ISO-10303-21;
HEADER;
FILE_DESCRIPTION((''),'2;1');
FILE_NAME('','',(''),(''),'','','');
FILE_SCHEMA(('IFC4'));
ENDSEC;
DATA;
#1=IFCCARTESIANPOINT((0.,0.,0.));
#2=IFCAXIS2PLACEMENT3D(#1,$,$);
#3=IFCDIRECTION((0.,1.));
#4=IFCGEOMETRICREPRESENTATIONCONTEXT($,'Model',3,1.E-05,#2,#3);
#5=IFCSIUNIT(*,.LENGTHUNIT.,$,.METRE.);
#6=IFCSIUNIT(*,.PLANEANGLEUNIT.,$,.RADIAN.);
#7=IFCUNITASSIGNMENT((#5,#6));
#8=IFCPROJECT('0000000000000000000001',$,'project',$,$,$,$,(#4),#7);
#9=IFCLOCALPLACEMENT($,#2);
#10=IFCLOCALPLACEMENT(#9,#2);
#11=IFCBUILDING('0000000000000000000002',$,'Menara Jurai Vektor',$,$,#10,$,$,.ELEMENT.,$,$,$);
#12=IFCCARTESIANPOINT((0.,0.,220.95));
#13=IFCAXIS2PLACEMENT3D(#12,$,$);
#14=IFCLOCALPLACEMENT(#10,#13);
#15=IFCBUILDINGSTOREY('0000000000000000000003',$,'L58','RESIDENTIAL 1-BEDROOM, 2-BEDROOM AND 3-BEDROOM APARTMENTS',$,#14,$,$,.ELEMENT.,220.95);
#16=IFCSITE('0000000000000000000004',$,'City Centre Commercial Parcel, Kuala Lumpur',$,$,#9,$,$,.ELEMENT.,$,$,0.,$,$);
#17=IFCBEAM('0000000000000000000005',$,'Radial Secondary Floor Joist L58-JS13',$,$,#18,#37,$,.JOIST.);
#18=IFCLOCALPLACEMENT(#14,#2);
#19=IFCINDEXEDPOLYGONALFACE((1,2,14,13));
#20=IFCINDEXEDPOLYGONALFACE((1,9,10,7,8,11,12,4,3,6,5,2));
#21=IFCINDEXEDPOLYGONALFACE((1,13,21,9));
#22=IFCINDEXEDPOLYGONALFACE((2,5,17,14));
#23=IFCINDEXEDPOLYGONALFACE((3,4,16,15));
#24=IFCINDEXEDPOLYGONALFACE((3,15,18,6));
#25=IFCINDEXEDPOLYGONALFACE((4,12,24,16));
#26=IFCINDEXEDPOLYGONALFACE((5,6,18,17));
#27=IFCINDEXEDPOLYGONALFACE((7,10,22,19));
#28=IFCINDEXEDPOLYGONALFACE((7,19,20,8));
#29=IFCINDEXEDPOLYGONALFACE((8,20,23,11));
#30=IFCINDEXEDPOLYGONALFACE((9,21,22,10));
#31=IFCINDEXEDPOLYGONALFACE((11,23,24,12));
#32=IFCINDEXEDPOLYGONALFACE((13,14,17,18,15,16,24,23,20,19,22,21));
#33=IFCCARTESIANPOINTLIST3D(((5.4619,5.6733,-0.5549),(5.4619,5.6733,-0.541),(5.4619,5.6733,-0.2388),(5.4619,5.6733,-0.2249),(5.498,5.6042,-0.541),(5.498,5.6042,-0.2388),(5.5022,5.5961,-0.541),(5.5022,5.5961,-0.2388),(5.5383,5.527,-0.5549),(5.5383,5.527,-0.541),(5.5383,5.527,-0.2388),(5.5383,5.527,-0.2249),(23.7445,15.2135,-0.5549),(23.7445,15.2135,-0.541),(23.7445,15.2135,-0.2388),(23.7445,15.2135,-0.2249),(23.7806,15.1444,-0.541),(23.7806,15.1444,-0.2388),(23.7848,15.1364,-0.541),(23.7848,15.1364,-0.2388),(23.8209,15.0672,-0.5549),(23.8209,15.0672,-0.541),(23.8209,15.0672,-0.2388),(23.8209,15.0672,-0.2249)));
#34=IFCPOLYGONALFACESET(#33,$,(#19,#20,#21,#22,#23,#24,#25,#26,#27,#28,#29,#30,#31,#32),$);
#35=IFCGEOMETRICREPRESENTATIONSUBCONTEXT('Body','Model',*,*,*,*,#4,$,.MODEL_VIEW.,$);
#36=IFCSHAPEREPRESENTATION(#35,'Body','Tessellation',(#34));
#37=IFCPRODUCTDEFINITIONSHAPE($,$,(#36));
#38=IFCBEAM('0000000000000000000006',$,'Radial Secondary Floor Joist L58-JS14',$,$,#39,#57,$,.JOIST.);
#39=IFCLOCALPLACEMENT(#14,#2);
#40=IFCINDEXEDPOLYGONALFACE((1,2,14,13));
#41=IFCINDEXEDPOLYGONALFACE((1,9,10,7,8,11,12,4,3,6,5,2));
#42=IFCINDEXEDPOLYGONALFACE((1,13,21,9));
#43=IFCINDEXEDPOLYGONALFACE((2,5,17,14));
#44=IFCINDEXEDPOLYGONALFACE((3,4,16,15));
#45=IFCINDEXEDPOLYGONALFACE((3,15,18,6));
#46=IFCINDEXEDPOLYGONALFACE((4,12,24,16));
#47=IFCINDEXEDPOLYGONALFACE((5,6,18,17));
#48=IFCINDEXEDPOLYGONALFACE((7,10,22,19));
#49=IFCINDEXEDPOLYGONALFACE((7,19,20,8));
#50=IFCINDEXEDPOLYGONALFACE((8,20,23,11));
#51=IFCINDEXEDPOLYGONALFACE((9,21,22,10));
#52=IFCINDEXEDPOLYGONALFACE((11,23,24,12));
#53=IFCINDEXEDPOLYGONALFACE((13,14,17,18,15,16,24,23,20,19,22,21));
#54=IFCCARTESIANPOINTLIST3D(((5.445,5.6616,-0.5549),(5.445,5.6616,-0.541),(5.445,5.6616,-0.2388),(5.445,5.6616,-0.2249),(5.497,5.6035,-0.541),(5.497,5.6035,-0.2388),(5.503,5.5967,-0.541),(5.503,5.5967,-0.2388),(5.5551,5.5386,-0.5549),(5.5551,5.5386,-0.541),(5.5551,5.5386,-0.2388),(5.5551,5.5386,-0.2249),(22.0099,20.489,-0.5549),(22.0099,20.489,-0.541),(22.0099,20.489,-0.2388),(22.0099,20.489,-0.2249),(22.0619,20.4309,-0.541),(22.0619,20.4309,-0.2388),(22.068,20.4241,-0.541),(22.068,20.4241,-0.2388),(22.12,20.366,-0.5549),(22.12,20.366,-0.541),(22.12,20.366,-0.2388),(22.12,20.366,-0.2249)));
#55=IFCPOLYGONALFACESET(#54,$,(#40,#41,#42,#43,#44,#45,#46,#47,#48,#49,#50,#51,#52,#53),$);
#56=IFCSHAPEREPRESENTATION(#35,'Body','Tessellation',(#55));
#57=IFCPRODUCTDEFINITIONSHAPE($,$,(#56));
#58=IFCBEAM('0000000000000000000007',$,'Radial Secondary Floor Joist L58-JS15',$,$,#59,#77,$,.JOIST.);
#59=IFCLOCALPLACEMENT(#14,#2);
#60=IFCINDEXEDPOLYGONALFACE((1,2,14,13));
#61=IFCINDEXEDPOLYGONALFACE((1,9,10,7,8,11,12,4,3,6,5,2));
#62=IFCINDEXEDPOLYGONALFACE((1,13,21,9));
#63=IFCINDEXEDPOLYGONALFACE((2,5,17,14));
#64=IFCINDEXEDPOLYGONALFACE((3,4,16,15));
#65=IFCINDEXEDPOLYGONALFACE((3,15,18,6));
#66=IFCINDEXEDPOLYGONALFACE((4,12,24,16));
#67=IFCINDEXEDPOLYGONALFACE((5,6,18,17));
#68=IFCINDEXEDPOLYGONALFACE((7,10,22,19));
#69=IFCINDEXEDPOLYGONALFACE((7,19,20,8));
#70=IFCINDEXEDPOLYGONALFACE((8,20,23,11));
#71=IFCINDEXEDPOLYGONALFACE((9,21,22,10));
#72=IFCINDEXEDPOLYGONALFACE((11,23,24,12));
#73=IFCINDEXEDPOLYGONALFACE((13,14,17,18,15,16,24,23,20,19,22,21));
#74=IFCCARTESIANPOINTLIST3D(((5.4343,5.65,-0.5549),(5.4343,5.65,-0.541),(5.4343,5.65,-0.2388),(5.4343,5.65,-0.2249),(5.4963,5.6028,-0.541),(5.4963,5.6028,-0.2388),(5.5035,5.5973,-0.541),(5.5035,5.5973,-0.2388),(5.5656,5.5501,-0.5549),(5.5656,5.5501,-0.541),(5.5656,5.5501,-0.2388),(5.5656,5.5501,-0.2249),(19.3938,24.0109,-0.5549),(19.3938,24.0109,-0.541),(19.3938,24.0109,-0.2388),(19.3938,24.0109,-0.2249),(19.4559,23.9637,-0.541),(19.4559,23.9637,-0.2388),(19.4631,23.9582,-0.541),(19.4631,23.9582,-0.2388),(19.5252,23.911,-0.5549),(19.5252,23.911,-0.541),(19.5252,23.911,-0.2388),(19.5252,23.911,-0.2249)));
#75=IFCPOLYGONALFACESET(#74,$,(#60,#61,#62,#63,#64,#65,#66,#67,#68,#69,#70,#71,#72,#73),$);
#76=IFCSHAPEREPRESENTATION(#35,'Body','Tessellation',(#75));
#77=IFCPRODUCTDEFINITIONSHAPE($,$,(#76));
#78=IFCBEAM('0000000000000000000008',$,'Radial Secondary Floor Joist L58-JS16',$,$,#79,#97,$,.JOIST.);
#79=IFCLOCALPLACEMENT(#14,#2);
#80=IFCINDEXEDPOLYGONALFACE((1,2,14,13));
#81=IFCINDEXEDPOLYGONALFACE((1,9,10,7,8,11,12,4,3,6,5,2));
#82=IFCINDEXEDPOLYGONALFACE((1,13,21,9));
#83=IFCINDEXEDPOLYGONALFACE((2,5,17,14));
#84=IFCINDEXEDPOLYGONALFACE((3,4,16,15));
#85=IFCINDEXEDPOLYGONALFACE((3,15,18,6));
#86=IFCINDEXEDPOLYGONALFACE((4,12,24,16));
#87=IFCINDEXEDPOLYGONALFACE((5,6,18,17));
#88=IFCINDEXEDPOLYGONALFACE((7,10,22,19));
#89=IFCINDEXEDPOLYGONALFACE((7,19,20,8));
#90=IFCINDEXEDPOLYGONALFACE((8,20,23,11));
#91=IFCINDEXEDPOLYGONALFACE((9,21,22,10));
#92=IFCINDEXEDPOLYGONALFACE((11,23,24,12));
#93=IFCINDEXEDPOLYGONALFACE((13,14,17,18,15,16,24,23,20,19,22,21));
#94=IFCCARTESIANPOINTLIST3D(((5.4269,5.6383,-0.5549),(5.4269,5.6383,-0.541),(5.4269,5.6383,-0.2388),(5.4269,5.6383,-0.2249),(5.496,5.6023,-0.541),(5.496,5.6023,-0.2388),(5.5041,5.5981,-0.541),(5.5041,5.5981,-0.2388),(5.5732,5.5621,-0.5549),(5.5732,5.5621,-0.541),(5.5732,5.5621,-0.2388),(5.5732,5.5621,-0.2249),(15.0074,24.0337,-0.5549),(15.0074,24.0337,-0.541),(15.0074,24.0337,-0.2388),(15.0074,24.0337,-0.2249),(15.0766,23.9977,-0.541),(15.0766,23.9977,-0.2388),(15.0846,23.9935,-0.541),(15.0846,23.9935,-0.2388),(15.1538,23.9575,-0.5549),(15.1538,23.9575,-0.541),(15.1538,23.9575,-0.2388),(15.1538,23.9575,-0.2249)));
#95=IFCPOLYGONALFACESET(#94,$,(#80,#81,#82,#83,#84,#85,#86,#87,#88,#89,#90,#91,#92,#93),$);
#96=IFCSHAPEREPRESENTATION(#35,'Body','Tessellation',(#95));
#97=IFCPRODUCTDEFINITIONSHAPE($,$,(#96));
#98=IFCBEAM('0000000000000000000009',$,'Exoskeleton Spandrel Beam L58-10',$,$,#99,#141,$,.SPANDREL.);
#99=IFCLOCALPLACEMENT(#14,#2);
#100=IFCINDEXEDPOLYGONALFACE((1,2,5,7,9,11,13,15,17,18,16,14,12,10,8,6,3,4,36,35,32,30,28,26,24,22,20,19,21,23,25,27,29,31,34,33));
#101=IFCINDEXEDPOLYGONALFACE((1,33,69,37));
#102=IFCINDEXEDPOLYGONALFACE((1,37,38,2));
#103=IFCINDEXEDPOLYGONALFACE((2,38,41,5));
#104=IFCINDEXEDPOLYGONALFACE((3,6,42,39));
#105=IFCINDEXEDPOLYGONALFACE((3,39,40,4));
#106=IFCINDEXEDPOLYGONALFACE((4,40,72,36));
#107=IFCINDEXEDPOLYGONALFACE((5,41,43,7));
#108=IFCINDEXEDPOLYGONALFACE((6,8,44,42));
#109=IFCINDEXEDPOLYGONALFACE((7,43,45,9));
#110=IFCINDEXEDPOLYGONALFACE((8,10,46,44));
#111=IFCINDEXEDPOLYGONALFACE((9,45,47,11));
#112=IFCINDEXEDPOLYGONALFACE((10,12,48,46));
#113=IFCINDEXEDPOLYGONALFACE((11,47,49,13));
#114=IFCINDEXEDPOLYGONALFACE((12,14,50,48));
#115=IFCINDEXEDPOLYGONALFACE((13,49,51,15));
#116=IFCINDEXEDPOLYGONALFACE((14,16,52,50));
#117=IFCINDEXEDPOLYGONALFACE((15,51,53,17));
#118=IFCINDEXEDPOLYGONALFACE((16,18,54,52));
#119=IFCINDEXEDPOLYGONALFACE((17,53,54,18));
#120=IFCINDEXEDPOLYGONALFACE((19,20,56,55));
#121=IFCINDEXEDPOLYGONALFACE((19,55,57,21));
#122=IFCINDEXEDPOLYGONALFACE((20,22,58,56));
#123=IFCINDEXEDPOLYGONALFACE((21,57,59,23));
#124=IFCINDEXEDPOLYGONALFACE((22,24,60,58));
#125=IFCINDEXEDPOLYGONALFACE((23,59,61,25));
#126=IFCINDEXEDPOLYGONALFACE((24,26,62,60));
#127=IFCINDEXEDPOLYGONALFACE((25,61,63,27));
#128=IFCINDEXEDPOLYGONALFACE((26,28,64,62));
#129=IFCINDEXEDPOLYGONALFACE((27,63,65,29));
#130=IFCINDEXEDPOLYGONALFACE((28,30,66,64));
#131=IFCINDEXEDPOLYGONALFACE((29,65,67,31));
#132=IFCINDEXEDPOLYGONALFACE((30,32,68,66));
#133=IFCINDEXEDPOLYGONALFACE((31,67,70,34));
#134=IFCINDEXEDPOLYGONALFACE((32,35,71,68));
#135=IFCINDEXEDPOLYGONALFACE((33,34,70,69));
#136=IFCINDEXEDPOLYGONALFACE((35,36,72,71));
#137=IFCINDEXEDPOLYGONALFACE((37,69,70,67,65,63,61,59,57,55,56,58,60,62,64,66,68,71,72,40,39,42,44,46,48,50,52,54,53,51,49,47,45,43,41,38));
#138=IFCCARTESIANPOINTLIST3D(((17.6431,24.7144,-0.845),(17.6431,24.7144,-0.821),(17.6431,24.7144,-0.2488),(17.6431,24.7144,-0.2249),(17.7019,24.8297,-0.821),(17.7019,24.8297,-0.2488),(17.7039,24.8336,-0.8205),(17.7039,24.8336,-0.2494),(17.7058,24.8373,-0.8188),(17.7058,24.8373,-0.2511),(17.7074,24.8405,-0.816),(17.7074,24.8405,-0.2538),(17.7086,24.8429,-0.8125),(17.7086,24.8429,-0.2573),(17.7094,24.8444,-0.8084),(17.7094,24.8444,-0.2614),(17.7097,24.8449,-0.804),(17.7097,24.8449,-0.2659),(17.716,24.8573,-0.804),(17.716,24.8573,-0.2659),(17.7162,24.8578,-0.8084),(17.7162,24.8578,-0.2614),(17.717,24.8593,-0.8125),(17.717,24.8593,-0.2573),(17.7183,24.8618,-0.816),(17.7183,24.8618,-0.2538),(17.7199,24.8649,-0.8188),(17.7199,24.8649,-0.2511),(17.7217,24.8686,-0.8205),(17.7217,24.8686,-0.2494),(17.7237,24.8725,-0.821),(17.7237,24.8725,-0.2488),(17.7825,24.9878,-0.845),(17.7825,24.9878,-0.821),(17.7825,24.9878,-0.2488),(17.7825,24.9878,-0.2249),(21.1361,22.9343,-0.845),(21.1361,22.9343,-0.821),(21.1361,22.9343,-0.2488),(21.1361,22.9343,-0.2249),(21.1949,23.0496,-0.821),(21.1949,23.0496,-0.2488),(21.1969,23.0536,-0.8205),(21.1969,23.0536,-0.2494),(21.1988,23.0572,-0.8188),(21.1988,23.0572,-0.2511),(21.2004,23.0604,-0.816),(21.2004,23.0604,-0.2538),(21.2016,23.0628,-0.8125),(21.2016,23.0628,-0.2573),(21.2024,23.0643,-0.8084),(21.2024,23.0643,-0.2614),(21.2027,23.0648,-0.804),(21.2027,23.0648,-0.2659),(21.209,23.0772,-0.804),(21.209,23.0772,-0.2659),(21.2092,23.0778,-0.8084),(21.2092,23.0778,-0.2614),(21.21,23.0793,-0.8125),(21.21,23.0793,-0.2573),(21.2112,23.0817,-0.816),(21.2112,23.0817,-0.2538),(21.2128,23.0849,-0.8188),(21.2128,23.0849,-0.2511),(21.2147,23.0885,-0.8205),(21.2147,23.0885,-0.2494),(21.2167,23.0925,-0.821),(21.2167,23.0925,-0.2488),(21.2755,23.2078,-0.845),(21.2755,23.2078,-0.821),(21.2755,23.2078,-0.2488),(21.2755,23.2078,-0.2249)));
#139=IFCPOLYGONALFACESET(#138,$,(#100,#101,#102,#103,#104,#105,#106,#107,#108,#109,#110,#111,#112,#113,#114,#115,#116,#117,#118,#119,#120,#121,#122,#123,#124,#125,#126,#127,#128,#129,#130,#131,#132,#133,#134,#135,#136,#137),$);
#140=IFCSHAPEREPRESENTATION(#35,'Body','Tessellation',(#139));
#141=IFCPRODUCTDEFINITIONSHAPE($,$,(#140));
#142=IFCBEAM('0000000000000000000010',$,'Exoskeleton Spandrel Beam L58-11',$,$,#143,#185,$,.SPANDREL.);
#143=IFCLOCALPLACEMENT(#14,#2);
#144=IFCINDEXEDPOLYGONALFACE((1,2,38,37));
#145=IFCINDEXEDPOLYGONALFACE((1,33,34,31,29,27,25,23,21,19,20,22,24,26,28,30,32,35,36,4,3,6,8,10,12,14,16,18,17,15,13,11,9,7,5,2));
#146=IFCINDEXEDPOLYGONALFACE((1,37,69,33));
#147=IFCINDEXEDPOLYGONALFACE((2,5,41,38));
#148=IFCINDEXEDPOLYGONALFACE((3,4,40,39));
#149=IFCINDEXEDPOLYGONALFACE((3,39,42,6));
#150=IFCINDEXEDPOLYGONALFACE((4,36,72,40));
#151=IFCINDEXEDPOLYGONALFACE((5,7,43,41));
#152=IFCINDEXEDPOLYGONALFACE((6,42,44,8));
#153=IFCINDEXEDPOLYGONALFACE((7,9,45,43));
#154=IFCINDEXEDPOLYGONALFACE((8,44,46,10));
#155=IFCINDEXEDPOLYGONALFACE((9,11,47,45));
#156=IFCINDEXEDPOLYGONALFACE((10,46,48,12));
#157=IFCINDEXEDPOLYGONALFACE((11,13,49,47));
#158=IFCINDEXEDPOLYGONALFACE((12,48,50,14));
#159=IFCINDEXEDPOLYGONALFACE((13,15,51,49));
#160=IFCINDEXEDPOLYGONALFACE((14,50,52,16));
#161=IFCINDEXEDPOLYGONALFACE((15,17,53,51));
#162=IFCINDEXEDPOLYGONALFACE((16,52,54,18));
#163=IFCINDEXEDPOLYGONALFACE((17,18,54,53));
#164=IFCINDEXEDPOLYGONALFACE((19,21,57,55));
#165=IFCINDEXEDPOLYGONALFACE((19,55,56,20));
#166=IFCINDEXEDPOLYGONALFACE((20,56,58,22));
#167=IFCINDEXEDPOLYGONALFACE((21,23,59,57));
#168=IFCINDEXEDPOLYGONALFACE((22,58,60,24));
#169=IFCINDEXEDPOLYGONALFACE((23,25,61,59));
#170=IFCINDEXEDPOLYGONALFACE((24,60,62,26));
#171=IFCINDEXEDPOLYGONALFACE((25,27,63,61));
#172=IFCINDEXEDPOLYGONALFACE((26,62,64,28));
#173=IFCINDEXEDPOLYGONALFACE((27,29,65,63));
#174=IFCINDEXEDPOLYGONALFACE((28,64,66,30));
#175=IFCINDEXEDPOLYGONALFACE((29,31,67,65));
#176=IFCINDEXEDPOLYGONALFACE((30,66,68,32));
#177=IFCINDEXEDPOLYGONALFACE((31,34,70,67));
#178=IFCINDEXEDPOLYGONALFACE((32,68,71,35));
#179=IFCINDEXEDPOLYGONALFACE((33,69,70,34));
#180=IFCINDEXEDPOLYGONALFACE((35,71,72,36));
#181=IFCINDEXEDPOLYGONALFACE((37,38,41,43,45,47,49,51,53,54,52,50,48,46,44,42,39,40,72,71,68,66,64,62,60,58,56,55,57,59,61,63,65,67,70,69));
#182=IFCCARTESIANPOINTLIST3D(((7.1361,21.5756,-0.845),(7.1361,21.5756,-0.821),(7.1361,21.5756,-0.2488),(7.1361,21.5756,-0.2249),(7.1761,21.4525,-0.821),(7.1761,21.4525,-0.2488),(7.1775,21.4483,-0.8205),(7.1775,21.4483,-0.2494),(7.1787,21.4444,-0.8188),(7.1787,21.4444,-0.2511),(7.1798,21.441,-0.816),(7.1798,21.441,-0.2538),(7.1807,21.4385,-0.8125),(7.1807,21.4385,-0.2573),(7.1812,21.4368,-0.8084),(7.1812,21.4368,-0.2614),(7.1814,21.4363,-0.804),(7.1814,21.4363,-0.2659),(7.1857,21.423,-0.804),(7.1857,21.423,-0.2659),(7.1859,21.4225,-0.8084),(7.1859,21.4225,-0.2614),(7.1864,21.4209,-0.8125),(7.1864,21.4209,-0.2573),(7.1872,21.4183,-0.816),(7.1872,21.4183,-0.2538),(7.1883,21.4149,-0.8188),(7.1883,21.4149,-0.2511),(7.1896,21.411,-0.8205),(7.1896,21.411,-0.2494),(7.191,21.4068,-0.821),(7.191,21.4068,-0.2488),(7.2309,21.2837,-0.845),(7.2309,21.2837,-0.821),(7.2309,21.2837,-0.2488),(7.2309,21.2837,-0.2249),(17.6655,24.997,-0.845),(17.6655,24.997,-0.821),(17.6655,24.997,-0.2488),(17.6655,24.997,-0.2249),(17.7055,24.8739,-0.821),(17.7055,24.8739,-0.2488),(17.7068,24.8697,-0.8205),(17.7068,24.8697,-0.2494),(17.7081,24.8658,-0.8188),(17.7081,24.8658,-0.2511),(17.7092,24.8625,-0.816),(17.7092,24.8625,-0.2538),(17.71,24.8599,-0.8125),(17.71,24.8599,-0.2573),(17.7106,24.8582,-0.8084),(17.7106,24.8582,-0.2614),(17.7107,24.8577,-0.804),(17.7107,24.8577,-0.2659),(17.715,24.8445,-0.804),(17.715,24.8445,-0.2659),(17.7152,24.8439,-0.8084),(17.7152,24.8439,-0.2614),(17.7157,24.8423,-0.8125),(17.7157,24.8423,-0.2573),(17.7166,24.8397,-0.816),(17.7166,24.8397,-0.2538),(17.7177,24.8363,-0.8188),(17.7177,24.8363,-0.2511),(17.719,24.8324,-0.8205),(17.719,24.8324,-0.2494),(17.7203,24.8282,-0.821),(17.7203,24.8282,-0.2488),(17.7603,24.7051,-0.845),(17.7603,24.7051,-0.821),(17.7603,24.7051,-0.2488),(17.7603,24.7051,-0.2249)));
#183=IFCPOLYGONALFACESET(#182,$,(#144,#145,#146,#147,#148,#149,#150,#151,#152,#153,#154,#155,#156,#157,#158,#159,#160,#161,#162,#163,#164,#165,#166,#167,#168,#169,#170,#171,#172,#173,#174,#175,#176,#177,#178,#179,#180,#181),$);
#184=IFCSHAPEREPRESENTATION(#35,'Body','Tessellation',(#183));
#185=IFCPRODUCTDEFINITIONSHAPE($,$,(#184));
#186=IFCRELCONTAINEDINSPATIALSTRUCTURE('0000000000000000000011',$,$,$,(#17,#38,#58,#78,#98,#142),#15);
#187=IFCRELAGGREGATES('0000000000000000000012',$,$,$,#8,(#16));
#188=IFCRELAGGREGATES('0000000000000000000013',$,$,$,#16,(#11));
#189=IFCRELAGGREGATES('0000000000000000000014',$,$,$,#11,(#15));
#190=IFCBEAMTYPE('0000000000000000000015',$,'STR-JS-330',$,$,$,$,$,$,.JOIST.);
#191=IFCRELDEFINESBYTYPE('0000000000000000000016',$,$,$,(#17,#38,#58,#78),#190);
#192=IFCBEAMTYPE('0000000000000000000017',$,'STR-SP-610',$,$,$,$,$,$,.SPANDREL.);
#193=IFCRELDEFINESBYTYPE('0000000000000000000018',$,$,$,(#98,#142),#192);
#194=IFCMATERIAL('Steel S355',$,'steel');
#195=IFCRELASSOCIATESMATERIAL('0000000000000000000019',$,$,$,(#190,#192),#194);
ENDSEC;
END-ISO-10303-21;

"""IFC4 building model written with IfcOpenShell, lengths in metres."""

from ifc_helpers import new_model, si_unit, direction, frame, origin, origin_2d, place, context, subcontext, project, spatial, i_section, extrude, material, material_profile, profile_set, type_object, element, save


model = new_model("IFC4")

# Units and contexts
model_context = context("Model", 3, precision=1e-05, world=origin(), true_north=direction((0.0, 1.0)))
body_context = subcontext(model_context, "Body", "Model", "MODEL_VIEW")
ifc_project = project(units=[si_unit("LENGTHUNIT", "METRE"), si_unit("PLANEANGLEUNIT", "RADIAN")], contexts=[model_context])

# Site, building, storey
site_placement = place(None, origin())
site = spatial("IfcSite", under=ifc_project, at=site_placement, Name="City Centre Commercial Parcel, Kuala Lumpur", CompositionType="ELEMENT", RefElevation=0.0)
building_placement = place(site_placement, origin())
building = spatial("IfcBuilding", under=site, at=building_placement, Name="Menara Jurai Vektor", CompositionType="ELEMENT")
storey_placement = place(building_placement, frame((0.0, 0.0, 220.95)))
storey = spatial("IfcBuildingStorey", under=building, at=storey_placement, Name="L58", Description="RESIDENTIAL 1-BEDROOM, 2-BEDROOM AND 3-BEDROOM APARTMENTS", CompositionType="ELEMENT", Elevation=220.95)

# Shared definitions
ifc_material_1 = material(Name="Steel S355", Category="steel")

# Beams
ifc_material_profile_1 = material_profile(ifc_material_1, i_section(OverallWidth=0.165, OverallDepth=0.3301, WebThickness=0.009, FlangeThickness=0.0139, at=origin_2d()), Name="PG 330x165x46")
ifc_profile_set_1 = profile_set([ifc_material_profile_1], Name="Steel S355")
beam_type_1 = type_object("IfcBeamType", Name="STR-JS-330", PredefinedType="JOIST", material=ifc_profile_set_1)
beam_1_placement = place(storey_placement, frame((23.7827, 15.1404, -0.3899), z_axis=(-0.886556, -0.462622, 0.0), x_axis=(0.462622, -0.886556, 0.0)))
element("IfcBeam", 1, at=beam_1_placement, inside=storey, type_object=beam_type_1, Name="Radial Secondary Floor Joist L58-JS13", PredefinedType="JOIST", context=body_context, shape_type="SweptSolid", body=[
    extrude(i_section(OverallWidth=0.165, OverallDepth=0.3301, WebThickness=0.009, FlangeThickness=0.0139, at=origin_2d()), origin(), (0.0, 0.0, 1.0), 20.6221),
])
beam_2_placement = place(storey_placement, frame((22.0649, 20.4275, -0.3899), z_axis=(-0.745104, -0.666948, 0.0), x_axis=(0.666948, -0.745104, 0.0)))
element("IfcBeam", 2, at=beam_2_placement, inside=storey, type_object=beam_type_1, Name="Radial Secondary Floor Joist L58-JS14", PredefinedType="JOIST", context=body_context, shape_type="SweptSolid", body=[
    extrude(i_section(OverallWidth=0.165, OverallDepth=0.3301, WebThickness=0.009, FlangeThickness=0.0139, at=origin_2d()), origin(), (0.0, 0.0, 1.0), 22.2317),
])
beam_3_placement = place(storey_placement, frame((19.4595, 23.9609, -0.3899), z_axis=(-0.605227, -0.796053, 0.0), x_axis=(0.796053, -0.605227, 0.0)))
element("IfcBeam", 3, at=beam_3_placement, inside=storey, type_object=beam_type_1, Name="Radial Secondary Floor Joist L58-JS15", PredefinedType="JOIST", context=body_context, shape_type="SweptSolid", body=[
    extrude(i_section(OverallWidth=0.165, OverallDepth=0.3301, WebThickness=0.009, FlangeThickness=0.0139, at=origin_2d()), origin(), (0.0, 0.0, 1.0), 23.0649),
])
beam_4_placement = place(storey_placement, frame((15.0806, 23.9956, -0.3899), z_axis=(-0.461918, -0.886923, 0.0), x_axis=(0.886923, -0.461918, 0.0)))
element("IfcBeam", 4, at=beam_4_placement, inside=storey, type_object=beam_type_1, Name="Radial Secondary Floor Joist L58-JS16", PredefinedType="JOIST", context=body_context, shape_type="SweptSolid", body=[
    extrude(i_section(OverallWidth=0.165, OverallDepth=0.3301, WebThickness=0.009, FlangeThickness=0.0139, at=origin_2d()), origin(), (0.0, 0.0, 1.0), 20.7407),
])
ifc_material_profile_2 = material_profile(ifc_material_1, i_section(OverallWidth=0.3069, OverallDepth=0.6201, WebThickness=0.0139, FlangeThickness=0.0239, FilletRadius=0.0171, at=origin_2d()), Name="UKB 610x305x179")
ifc_profile_set_2 = profile_set([ifc_material_profile_2], Name="Steel S355")
beam_type_2 = type_object("IfcBeamType", Name="STR-SP-610", PredefinedType="SPANDREL", material=ifc_profile_set_2)
beam_5_placement = place(storey_placement, frame((21.2058, 23.071, -0.5349), z_axis=(-0.890976, 0.454051, 0.0), x_axis=(-0.454051, -0.890976, 0.0)))
element("IfcBeam", 5, at=beam_5_placement, inside=storey, type_object=beam_type_2, Name="Exoskeleton Spandrel Beam L58-10", PredefinedType="SPANDREL", context=body_context, shape_type="SweptSolid", body=[
    extrude(i_section(OverallWidth=0.3069, OverallDepth=0.6201, WebThickness=0.0139, FlangeThickness=0.0239, FilletRadius=0.0171, at=origin_2d()), origin(), (0.0, 0.0, 1.0), 3.9204),
])
beam_6_placement = place(storey_placement, frame((17.7129, 24.8511, -0.5349), z_axis=(-0.951051, -0.309034, 0.0), x_axis=(0.309034, -0.951051, 0.0)))
element("IfcBeam", 6, at=beam_6_placement, inside=storey, type_object=beam_type_2, Name="Exoskeleton Spandrel Beam L58-11", PredefinedType="SPANDREL", context=body_context, shape_type="SweptSolid", body=[
    extrude(i_section(OverallWidth=0.3069, OverallDepth=0.6201, WebThickness=0.0139, FlangeThickness=0.0239, FilletRadius=0.0171, at=origin_2d()), origin(), (0.0, 0.0, 1.0), 11.0713),
])

save(model, "model.ifc")
